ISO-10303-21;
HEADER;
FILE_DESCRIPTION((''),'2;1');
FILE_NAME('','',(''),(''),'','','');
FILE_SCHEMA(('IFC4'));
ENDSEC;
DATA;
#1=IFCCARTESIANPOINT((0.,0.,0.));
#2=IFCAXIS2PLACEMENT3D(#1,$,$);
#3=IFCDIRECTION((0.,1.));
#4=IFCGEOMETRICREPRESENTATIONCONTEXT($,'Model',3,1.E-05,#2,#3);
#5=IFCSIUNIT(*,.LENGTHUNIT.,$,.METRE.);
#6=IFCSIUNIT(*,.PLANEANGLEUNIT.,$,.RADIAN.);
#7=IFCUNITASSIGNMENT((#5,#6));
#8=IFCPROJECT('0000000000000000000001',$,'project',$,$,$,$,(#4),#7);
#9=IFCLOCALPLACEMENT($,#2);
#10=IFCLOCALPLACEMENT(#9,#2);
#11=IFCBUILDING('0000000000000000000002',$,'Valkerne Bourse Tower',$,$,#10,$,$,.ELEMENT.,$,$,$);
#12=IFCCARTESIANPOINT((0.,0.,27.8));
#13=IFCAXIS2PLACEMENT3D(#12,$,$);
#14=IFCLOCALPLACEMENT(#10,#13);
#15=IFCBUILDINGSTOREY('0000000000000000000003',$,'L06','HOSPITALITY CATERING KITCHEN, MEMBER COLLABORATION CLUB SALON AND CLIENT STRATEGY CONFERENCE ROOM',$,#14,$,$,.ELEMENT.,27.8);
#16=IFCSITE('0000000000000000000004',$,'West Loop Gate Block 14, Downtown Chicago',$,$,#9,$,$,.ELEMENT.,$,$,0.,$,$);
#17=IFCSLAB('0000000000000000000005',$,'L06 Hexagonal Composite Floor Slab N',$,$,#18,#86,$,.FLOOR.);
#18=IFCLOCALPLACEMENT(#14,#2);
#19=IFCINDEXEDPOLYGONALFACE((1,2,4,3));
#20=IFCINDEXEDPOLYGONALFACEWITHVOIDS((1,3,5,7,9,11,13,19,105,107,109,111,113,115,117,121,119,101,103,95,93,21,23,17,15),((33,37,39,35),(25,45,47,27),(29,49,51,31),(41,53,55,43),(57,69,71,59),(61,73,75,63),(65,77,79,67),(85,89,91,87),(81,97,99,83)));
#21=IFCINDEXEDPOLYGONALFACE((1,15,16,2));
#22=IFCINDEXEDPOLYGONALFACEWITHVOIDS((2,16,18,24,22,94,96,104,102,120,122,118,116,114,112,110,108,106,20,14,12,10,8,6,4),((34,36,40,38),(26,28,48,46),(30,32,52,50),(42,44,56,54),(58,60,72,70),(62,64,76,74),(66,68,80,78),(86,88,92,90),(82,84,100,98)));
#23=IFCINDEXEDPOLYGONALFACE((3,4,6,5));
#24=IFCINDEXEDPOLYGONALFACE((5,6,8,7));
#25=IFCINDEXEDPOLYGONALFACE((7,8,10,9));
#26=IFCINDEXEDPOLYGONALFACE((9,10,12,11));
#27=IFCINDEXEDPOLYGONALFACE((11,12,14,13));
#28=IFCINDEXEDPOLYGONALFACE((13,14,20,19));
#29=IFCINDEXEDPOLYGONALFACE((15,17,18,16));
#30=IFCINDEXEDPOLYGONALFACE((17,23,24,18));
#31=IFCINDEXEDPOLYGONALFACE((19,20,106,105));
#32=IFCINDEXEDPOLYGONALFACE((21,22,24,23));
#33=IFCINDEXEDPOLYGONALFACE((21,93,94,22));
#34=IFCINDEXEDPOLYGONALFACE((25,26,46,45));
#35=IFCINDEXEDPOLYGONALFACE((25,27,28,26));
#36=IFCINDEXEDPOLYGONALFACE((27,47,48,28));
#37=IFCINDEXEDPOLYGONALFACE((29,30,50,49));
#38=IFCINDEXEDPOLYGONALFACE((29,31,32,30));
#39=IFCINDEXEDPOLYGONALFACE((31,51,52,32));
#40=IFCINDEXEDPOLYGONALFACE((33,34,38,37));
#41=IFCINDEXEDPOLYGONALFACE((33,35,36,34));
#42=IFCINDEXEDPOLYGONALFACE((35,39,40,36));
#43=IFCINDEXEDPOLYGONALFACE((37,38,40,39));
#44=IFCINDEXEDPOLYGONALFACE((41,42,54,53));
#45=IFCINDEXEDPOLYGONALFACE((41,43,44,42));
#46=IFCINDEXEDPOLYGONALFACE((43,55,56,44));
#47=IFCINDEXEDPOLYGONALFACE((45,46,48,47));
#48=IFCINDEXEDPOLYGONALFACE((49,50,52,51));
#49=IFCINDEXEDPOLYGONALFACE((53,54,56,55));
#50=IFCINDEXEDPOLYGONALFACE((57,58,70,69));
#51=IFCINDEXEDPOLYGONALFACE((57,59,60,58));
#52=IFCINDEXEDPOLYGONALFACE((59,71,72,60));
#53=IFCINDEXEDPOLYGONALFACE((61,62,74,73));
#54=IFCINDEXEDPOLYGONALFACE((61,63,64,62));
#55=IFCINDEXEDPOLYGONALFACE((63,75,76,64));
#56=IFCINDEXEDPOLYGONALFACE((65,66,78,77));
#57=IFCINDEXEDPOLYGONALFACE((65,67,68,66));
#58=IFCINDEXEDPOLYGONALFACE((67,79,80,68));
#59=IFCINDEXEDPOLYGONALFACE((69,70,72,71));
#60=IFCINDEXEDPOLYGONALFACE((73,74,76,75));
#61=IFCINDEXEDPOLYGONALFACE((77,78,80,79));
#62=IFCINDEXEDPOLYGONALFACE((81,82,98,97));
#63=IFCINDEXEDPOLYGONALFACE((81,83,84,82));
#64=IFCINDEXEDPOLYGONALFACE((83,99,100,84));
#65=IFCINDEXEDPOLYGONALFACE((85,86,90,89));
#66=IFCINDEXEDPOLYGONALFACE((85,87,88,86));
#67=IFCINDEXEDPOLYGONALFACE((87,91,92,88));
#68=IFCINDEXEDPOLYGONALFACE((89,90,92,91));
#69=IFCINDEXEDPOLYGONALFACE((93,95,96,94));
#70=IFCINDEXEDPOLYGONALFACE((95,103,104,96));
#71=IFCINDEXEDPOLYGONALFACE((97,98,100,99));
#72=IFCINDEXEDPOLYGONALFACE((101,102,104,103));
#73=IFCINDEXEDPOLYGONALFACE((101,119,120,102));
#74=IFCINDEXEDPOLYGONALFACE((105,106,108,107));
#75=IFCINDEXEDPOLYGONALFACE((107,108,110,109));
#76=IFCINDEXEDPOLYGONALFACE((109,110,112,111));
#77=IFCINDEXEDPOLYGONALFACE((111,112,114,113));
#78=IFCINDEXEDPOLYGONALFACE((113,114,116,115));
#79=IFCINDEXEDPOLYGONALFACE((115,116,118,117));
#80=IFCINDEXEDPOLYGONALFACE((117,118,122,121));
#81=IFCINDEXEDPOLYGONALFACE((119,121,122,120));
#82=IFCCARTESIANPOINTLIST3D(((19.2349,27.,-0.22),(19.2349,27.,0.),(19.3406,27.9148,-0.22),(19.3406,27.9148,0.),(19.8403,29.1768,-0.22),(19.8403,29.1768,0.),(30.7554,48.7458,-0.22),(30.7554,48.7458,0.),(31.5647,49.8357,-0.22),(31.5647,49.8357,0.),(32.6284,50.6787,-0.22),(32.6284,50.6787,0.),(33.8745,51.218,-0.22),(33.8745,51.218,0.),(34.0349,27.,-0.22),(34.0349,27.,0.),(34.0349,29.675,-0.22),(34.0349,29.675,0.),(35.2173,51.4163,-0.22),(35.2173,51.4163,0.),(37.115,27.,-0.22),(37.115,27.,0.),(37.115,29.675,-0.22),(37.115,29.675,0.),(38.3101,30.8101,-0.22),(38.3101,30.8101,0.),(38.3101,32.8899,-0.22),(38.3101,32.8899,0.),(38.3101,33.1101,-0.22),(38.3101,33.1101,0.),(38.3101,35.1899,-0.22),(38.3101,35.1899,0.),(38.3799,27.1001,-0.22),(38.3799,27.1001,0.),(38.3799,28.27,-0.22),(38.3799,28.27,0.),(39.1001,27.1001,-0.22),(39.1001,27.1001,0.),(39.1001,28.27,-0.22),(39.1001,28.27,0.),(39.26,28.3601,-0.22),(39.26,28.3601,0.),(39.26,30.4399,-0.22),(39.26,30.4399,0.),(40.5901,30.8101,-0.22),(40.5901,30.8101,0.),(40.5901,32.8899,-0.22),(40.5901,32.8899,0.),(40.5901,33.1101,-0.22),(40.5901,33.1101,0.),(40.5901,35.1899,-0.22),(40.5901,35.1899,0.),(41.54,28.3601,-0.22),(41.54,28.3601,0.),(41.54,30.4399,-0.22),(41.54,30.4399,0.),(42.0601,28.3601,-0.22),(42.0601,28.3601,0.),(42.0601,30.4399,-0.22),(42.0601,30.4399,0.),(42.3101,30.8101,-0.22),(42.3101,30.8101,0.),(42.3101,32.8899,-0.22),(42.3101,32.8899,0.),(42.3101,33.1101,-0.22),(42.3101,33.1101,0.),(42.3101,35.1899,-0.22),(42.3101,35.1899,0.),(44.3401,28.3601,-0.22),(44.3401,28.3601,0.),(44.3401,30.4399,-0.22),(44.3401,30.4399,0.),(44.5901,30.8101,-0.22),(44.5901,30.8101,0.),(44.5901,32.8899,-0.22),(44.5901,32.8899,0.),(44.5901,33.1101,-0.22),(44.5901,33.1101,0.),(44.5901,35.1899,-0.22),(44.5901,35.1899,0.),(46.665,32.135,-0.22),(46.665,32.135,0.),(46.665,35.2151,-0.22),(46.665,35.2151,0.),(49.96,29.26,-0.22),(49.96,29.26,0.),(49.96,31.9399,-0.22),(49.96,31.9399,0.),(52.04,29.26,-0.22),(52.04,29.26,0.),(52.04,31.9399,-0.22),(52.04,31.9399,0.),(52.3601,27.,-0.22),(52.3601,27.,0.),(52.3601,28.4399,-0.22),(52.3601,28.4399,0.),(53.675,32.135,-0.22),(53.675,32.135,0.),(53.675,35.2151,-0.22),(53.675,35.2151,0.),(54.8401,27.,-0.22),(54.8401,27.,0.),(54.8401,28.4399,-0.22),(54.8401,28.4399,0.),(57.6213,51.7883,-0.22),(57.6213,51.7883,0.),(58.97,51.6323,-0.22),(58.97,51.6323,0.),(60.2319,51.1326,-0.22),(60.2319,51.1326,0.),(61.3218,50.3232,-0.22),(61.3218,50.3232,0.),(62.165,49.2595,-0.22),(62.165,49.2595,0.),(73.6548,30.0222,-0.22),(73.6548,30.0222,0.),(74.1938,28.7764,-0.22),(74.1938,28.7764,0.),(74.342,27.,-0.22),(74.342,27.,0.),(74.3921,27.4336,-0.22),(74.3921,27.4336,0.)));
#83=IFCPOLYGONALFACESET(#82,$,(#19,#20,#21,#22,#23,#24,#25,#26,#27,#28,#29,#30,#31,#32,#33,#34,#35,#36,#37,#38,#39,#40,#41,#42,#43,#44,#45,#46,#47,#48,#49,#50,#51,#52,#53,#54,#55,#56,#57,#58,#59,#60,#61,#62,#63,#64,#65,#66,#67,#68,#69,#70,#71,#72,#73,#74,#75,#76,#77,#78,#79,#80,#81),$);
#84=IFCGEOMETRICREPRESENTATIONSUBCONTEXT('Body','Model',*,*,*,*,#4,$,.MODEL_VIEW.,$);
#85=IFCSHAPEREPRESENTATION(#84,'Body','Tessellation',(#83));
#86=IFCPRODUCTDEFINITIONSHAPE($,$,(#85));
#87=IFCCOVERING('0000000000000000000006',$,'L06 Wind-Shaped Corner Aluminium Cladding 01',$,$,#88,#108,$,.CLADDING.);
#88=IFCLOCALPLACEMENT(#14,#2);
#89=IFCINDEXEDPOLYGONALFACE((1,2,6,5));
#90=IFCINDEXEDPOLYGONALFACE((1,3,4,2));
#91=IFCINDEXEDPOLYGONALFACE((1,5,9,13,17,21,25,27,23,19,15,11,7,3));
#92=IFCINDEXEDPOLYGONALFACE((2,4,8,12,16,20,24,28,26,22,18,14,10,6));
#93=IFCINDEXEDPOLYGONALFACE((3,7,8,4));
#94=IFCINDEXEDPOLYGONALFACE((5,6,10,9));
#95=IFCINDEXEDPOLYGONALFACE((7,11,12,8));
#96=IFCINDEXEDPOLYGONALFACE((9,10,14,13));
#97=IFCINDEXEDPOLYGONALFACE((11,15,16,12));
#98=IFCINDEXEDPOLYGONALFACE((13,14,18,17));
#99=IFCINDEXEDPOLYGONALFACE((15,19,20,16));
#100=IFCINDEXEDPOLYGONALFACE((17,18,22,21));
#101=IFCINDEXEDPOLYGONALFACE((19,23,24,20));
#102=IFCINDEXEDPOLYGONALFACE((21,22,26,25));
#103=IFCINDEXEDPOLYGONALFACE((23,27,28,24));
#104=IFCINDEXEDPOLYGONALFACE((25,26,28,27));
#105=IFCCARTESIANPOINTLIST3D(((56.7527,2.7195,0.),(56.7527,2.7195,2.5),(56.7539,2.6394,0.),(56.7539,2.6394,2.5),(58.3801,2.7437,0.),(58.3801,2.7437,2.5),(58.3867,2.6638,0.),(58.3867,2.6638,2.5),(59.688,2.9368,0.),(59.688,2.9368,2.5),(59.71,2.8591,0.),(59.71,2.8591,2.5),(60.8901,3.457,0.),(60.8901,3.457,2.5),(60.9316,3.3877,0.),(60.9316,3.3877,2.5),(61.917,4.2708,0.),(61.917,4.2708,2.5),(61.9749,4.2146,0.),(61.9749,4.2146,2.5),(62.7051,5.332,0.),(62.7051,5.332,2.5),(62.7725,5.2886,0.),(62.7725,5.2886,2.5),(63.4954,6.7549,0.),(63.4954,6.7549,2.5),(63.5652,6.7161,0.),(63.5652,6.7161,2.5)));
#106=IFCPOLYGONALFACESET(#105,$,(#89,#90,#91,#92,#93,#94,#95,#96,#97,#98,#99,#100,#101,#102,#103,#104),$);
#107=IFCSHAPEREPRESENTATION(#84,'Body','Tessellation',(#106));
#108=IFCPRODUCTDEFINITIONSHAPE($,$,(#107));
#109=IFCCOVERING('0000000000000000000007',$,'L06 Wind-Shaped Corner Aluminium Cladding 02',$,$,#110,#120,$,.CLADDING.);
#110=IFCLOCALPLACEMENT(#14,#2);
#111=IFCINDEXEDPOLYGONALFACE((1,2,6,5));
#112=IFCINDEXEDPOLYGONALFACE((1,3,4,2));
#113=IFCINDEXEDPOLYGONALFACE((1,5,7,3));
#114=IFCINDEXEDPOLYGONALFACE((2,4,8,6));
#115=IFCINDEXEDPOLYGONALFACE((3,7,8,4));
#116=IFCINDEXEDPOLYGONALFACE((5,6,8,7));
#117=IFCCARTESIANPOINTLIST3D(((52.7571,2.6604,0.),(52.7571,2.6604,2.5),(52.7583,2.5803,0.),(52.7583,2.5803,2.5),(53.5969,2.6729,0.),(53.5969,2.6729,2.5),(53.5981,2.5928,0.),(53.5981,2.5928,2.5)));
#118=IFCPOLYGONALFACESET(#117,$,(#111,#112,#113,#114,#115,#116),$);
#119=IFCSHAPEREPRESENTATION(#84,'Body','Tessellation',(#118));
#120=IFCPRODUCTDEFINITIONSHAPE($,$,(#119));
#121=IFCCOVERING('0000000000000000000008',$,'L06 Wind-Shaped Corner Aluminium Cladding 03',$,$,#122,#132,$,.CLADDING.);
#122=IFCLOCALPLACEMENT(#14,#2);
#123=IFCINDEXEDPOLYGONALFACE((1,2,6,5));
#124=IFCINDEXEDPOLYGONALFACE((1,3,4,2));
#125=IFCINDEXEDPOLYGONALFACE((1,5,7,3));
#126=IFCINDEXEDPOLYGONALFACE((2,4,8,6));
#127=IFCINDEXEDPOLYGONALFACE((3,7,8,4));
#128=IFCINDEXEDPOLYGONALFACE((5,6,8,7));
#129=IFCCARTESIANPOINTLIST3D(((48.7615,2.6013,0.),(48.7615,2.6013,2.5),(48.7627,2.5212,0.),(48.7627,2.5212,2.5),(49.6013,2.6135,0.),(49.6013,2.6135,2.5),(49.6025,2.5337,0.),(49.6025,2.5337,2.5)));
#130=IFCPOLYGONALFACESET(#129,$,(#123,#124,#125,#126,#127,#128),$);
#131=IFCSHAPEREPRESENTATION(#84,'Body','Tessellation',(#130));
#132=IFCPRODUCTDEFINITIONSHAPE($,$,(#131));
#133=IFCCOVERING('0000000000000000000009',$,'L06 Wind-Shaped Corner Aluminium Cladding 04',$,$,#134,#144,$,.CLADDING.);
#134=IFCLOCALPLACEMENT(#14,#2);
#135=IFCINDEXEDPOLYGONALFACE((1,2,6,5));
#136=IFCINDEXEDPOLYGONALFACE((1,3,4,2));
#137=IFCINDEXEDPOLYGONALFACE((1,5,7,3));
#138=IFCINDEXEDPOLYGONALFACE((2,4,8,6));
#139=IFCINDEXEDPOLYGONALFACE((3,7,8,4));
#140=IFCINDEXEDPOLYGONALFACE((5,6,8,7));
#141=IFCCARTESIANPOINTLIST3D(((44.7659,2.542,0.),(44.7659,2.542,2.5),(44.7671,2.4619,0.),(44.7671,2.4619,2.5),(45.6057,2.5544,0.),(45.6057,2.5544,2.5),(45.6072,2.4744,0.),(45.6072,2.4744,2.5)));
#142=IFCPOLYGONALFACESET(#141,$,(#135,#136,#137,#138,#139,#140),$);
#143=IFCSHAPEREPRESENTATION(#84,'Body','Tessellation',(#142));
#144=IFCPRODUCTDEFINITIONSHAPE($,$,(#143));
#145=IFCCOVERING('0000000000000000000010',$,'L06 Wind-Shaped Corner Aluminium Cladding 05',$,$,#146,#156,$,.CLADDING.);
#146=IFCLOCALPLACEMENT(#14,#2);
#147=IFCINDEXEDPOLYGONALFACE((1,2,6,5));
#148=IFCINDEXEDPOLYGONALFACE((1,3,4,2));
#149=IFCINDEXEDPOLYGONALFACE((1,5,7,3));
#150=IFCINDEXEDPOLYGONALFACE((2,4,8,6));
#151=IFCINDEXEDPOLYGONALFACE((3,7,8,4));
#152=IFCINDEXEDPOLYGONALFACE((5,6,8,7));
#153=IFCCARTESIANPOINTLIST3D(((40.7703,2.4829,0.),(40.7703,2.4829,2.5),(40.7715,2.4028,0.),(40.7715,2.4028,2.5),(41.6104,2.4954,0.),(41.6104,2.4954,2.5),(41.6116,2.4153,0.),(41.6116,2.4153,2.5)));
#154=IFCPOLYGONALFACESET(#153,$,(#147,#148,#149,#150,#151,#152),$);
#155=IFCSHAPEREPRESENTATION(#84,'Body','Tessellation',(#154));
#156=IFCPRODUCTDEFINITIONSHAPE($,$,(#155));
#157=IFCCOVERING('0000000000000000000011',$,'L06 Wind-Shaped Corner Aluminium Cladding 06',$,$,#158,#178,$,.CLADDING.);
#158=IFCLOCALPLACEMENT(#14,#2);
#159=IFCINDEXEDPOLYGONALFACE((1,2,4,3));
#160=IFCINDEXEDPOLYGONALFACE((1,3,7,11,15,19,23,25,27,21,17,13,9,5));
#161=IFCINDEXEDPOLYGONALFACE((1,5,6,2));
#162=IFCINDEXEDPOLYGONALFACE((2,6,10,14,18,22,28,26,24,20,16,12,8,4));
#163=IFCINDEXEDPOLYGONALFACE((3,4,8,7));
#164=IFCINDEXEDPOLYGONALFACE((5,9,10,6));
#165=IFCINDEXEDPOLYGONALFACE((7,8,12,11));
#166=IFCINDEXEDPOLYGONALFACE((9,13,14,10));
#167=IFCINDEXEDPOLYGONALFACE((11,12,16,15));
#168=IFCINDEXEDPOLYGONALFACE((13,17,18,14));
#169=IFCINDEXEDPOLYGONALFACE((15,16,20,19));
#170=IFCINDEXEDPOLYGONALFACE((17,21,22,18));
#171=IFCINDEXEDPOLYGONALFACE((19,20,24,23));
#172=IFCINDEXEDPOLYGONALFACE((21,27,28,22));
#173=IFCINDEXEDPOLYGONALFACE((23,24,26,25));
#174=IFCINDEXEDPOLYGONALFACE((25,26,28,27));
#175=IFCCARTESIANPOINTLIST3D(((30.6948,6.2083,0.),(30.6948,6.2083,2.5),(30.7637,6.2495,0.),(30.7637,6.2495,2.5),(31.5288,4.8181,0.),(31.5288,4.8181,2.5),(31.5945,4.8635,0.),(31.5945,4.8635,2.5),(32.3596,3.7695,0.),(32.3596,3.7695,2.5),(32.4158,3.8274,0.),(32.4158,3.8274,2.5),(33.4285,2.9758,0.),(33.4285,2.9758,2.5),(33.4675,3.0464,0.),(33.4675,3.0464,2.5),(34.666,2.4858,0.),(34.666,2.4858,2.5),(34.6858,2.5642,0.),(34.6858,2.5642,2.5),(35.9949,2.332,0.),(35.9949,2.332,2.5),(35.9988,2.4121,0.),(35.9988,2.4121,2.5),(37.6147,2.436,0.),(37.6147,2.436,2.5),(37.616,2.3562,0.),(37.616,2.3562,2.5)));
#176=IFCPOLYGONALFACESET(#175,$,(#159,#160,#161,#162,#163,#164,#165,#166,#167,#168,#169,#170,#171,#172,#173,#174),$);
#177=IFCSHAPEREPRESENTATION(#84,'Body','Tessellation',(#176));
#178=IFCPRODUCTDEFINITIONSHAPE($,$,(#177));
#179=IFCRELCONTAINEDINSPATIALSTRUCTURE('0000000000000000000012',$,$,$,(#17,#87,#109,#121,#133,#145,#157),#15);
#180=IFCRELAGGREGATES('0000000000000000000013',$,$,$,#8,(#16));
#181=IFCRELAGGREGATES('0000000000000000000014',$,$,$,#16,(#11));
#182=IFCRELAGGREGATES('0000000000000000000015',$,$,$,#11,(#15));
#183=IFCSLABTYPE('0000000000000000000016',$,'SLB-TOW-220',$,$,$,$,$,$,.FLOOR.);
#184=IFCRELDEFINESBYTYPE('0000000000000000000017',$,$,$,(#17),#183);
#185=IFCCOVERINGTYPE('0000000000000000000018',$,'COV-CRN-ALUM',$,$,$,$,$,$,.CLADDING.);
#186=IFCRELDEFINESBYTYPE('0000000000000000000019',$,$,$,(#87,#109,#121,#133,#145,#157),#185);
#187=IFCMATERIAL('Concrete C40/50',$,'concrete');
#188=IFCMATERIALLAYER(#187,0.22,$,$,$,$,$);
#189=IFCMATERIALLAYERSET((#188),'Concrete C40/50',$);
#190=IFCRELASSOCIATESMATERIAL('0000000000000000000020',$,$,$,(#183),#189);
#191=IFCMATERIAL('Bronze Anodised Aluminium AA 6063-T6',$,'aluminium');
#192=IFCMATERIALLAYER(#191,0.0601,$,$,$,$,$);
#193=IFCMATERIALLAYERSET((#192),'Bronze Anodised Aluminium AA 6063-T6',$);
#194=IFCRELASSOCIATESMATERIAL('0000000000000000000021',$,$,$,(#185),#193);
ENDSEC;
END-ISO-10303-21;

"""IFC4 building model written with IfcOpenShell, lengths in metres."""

from ifc_helpers import new_model, si_unit, direction, frame, origin, place, context, subcontext, project, spatial, polyline, outline, extrude, material, layer, layer_set, type_object, element, save


model = new_model("IFC4")

# Units and contexts
model_context = context("Model", 3, precision=1e-05, world=origin(), true_north=direction((0.0, 1.0)))
body_context = subcontext(model_context, "Body", "Model", "MODEL_VIEW")
ifc_project = project(units=[si_unit("LENGTHUNIT", "METRE"), si_unit("PLANEANGLEUNIT", "RADIAN")], contexts=[model_context])

# Site, building, storey
site_placement = place(None, origin())
site = spatial("IfcSite", under=ifc_project, at=site_placement, Name="West Loop Gate Block 14, Downtown Chicago", CompositionType="ELEMENT", RefElevation=0.0)
building_placement = place(site_placement, origin())
building = spatial("IfcBuilding", under=site, at=building_placement, Name="Valkerne Bourse Tower", CompositionType="ELEMENT")
storey_placement = place(building_placement, frame((0.0, 0.0, 27.8)))
storey = spatial("IfcBuildingStorey", under=building, at=storey_placement, Name="L06", Description="HOSPITALITY CATERING KITCHEN, MEMBER COLLABORATION CLUB SALON AND CLIENT STRATEGY CONFERENCE ROOM", CompositionType="ELEMENT", Elevation=27.8)

# Slab
ifc_material_1 = material(Name="Concrete C40/50", Category="concrete")
ifc_layer_1 = layer(ifc_material_1, 0.22)
ifc_layer_set_1 = layer_set([ifc_layer_1], Name="Concrete C40/50")
slab_type_1 = type_object("IfcSlabType", Name="SLB-TOW-220", PredefinedType="FLOOR", material=ifc_layer_set_1)
slab_1_placement = place(storey_placement, frame((0.0, 0.0, -0.22)))
element("IfcSlab", 1, at=slab_1_placement, inside=storey, type_object=slab_type_1, Name="L06 Hexagonal Composite Floor Slab N", PredefinedType="FLOOR", context=body_context, shape_type="SweptSolid", body=[
    extrude(outline(polyline([(19.3406, 27.9148), (19.8403, 29.1768), (30.7554, 48.7458), (31.5647, 49.8357), (32.6284, 50.6787), (33.8745, 51.218), (35.2173, 51.4163), (57.6213, 51.7883), (58.97, 51.6323), (60.2319, 51.1326), (61.3218, 50.3232), (62.165, 49.2595), (73.6548, 30.0222), (74.1938, 28.7764), (74.3921, 27.4336), (74.342, 27.0), (54.8401, 27.0), (54.8401, 28.4399), (52.3601, 28.4399), (52.3601, 27.0), (37.115, 27.0), (37.115, 29.675), (34.0349, 29.675), (34.0349, 27.0), (19.2349, 27.0), (19.3406, 27.9148)]), holes=[polyline([(39.1001, 28.27), (38.3799, 28.27), (38.3799, 27.1001), (39.1001, 27.1001), (39.1001, 28.27)]), polyline([(41.54, 30.4399), (39.26, 30.4399), (39.26, 28.3601), (41.54, 28.3601), (41.54, 30.4399)]), polyline([(44.3401, 30.4399), (42.0601, 30.4399), (42.0601, 28.3601), (44.3401, 28.3601), (44.3401, 30.4399)]), polyline([(40.5901, 30.8101), (40.5901, 32.8899), (38.3101, 32.8899), (38.3101, 30.8101), (40.5901, 30.8101)]), polyline([(40.5901, 33.1101), (40.5901, 35.1899), (38.3101, 35.1899), (38.3101, 33.1101), (40.5901, 33.1101)]), polyline([(52.04, 31.9399), (49.96, 31.9399), (49.96, 29.26), (52.04, 29.26), (52.04, 31.9399)]), polyline([(44.5901, 32.8899), (42.3101, 32.8899), (42.3101, 30.8101), (44.5901, 30.8101), (44.5901, 32.8899)]), polyline([(53.675, 32.135), (53.675, 35.2151), (46.665, 35.2151), (46.665, 32.135), (53.675, 32.135)]), polyline([(44.5901, 33.1101), (44.5901, 35.1899), (42.3101, 35.1899), (42.3101, 33.1101), (44.5901, 33.1101)])]), origin(), (0.0, 0.0, 1.0), 0.22),
])

# Coverings
ifc_material_2 = material(Name="Bronze Anodised Aluminium AA 6063-T6", Category="aluminium")
ifc_layer_2 = layer(ifc_material_2, 0.0601)
ifc_layer_set_2 = layer_set([ifc_layer_2], Name="Bronze Anodised Aluminium AA 6063-T6")
covering_type = type_object("IfcCoveringType", Name="COV-CRN-ALUM", PredefinedType="CLADDING", material=ifc_layer_set_2)
covering_1_placement = place(storey_placement, origin())
element("IfcCovering", 2, at=covering_1_placement, inside=storey, type_object=covering_type, Name="L06 Wind-Shaped Corner Aluminium Cladding 01", PredefinedType="CLADDING", context=body_context, shape_type="SweptSolid", body=[
    extrude(outline(polyline([(61.9749, 4.2146), (60.9316, 3.3877), (59.71, 2.8591), (58.3867, 2.6638), (56.7539, 2.6394), (56.7527, 2.7195), (58.3801, 2.7437), (59.688, 2.9368), (60.8901, 3.457), (61.917, 4.2708), (62.7051, 5.332), (63.4954, 6.7549), (63.5652, 6.7161), (62.7725, 5.2886), (61.9749, 4.2146)])), origin(), (0.0, 0.0, 1.0), 2.5),
])
covering_2_placement = place(storey_placement, origin())
element("IfcCovering", 3, at=covering_2_placement, inside=storey, type_object=covering_type, Name="L06 Wind-Shaped Corner Aluminium Cladding 02", PredefinedType="CLADDING", context=body_context, shape_type="SweptSolid", body=[
    extrude(outline(polyline([(52.7583, 2.5803), (52.7571, 2.6604), (53.5969, 2.6729), (53.5981, 2.5928), (52.7583, 2.5803)])), origin(), (0.0, 0.0, 1.0), 2.5),
])
covering_3_placement = place(storey_placement, origin())
element("IfcCovering", 4, at=covering_3_placement, inside=storey, type_object=covering_type, Name="L06 Wind-Shaped Corner Aluminium Cladding 03", PredefinedType="CLADDING", context=body_context, shape_type="SweptSolid", body=[
    extrude(outline(polyline([(48.7627, 2.5212), (48.7615, 2.6013), (49.6013, 2.6135), (49.6025, 2.5337), (48.7627, 2.5212)])), origin(), (0.0, 0.0, 1.0), 2.5),
])
covering_4_placement = place(storey_placement, origin())
element("IfcCovering", 5, at=covering_4_placement, inside=storey, type_object=covering_type, Name="L06 Wind-Shaped Corner Aluminium Cladding 04", PredefinedType="CLADDING", context=body_context, shape_type="SweptSolid", body=[
    extrude(outline(polyline([(44.7671, 2.4619), (44.7659, 2.542), (45.6057, 2.5544), (45.6072, 2.4744), (44.7671, 2.4619)])), origin(), (0.0, 0.0, 1.0), 2.5),
])
covering_5_placement = place(storey_placement, origin())
element("IfcCovering", 6, at=covering_5_placement, inside=storey, type_object=covering_type, Name="L06 Wind-Shaped Corner Aluminium Cladding 05", PredefinedType="CLADDING", context=body_context, shape_type="SweptSolid", body=[
    extrude(outline(polyline([(40.7715, 2.4028), (40.7703, 2.4829), (41.6104, 2.4954), (41.6116, 2.4153), (40.7715, 2.4028)])), origin(), (0.0, 0.0, 1.0), 2.5),
])
covering_6_placement = place(storey_placement, origin())
element("IfcCovering", 7, at=covering_6_placement, inside=storey, type_object=covering_type, Name="L06 Wind-Shaped Corner Aluminium Cladding 06", PredefinedType="CLADDING", context=body_context, shape_type="SweptSolid", body=[
    extrude(outline(polyline([(35.9949, 2.332), (34.666, 2.4858), (33.4285, 2.9758), (32.3596, 3.7695), (31.5288, 4.8181), (30.6948, 6.2083), (30.7637, 6.2495), (31.5945, 4.8635), (32.4158, 3.8274), (33.4675, 3.0464), (34.6858, 2.5642), (35.9988, 2.4121), (37.6147, 2.436), (37.616, 2.3562), (35.9949, 2.332)])), origin(), (0.0, 0.0, 1.0), 2.5),
])

save(model, "model.ifc")
